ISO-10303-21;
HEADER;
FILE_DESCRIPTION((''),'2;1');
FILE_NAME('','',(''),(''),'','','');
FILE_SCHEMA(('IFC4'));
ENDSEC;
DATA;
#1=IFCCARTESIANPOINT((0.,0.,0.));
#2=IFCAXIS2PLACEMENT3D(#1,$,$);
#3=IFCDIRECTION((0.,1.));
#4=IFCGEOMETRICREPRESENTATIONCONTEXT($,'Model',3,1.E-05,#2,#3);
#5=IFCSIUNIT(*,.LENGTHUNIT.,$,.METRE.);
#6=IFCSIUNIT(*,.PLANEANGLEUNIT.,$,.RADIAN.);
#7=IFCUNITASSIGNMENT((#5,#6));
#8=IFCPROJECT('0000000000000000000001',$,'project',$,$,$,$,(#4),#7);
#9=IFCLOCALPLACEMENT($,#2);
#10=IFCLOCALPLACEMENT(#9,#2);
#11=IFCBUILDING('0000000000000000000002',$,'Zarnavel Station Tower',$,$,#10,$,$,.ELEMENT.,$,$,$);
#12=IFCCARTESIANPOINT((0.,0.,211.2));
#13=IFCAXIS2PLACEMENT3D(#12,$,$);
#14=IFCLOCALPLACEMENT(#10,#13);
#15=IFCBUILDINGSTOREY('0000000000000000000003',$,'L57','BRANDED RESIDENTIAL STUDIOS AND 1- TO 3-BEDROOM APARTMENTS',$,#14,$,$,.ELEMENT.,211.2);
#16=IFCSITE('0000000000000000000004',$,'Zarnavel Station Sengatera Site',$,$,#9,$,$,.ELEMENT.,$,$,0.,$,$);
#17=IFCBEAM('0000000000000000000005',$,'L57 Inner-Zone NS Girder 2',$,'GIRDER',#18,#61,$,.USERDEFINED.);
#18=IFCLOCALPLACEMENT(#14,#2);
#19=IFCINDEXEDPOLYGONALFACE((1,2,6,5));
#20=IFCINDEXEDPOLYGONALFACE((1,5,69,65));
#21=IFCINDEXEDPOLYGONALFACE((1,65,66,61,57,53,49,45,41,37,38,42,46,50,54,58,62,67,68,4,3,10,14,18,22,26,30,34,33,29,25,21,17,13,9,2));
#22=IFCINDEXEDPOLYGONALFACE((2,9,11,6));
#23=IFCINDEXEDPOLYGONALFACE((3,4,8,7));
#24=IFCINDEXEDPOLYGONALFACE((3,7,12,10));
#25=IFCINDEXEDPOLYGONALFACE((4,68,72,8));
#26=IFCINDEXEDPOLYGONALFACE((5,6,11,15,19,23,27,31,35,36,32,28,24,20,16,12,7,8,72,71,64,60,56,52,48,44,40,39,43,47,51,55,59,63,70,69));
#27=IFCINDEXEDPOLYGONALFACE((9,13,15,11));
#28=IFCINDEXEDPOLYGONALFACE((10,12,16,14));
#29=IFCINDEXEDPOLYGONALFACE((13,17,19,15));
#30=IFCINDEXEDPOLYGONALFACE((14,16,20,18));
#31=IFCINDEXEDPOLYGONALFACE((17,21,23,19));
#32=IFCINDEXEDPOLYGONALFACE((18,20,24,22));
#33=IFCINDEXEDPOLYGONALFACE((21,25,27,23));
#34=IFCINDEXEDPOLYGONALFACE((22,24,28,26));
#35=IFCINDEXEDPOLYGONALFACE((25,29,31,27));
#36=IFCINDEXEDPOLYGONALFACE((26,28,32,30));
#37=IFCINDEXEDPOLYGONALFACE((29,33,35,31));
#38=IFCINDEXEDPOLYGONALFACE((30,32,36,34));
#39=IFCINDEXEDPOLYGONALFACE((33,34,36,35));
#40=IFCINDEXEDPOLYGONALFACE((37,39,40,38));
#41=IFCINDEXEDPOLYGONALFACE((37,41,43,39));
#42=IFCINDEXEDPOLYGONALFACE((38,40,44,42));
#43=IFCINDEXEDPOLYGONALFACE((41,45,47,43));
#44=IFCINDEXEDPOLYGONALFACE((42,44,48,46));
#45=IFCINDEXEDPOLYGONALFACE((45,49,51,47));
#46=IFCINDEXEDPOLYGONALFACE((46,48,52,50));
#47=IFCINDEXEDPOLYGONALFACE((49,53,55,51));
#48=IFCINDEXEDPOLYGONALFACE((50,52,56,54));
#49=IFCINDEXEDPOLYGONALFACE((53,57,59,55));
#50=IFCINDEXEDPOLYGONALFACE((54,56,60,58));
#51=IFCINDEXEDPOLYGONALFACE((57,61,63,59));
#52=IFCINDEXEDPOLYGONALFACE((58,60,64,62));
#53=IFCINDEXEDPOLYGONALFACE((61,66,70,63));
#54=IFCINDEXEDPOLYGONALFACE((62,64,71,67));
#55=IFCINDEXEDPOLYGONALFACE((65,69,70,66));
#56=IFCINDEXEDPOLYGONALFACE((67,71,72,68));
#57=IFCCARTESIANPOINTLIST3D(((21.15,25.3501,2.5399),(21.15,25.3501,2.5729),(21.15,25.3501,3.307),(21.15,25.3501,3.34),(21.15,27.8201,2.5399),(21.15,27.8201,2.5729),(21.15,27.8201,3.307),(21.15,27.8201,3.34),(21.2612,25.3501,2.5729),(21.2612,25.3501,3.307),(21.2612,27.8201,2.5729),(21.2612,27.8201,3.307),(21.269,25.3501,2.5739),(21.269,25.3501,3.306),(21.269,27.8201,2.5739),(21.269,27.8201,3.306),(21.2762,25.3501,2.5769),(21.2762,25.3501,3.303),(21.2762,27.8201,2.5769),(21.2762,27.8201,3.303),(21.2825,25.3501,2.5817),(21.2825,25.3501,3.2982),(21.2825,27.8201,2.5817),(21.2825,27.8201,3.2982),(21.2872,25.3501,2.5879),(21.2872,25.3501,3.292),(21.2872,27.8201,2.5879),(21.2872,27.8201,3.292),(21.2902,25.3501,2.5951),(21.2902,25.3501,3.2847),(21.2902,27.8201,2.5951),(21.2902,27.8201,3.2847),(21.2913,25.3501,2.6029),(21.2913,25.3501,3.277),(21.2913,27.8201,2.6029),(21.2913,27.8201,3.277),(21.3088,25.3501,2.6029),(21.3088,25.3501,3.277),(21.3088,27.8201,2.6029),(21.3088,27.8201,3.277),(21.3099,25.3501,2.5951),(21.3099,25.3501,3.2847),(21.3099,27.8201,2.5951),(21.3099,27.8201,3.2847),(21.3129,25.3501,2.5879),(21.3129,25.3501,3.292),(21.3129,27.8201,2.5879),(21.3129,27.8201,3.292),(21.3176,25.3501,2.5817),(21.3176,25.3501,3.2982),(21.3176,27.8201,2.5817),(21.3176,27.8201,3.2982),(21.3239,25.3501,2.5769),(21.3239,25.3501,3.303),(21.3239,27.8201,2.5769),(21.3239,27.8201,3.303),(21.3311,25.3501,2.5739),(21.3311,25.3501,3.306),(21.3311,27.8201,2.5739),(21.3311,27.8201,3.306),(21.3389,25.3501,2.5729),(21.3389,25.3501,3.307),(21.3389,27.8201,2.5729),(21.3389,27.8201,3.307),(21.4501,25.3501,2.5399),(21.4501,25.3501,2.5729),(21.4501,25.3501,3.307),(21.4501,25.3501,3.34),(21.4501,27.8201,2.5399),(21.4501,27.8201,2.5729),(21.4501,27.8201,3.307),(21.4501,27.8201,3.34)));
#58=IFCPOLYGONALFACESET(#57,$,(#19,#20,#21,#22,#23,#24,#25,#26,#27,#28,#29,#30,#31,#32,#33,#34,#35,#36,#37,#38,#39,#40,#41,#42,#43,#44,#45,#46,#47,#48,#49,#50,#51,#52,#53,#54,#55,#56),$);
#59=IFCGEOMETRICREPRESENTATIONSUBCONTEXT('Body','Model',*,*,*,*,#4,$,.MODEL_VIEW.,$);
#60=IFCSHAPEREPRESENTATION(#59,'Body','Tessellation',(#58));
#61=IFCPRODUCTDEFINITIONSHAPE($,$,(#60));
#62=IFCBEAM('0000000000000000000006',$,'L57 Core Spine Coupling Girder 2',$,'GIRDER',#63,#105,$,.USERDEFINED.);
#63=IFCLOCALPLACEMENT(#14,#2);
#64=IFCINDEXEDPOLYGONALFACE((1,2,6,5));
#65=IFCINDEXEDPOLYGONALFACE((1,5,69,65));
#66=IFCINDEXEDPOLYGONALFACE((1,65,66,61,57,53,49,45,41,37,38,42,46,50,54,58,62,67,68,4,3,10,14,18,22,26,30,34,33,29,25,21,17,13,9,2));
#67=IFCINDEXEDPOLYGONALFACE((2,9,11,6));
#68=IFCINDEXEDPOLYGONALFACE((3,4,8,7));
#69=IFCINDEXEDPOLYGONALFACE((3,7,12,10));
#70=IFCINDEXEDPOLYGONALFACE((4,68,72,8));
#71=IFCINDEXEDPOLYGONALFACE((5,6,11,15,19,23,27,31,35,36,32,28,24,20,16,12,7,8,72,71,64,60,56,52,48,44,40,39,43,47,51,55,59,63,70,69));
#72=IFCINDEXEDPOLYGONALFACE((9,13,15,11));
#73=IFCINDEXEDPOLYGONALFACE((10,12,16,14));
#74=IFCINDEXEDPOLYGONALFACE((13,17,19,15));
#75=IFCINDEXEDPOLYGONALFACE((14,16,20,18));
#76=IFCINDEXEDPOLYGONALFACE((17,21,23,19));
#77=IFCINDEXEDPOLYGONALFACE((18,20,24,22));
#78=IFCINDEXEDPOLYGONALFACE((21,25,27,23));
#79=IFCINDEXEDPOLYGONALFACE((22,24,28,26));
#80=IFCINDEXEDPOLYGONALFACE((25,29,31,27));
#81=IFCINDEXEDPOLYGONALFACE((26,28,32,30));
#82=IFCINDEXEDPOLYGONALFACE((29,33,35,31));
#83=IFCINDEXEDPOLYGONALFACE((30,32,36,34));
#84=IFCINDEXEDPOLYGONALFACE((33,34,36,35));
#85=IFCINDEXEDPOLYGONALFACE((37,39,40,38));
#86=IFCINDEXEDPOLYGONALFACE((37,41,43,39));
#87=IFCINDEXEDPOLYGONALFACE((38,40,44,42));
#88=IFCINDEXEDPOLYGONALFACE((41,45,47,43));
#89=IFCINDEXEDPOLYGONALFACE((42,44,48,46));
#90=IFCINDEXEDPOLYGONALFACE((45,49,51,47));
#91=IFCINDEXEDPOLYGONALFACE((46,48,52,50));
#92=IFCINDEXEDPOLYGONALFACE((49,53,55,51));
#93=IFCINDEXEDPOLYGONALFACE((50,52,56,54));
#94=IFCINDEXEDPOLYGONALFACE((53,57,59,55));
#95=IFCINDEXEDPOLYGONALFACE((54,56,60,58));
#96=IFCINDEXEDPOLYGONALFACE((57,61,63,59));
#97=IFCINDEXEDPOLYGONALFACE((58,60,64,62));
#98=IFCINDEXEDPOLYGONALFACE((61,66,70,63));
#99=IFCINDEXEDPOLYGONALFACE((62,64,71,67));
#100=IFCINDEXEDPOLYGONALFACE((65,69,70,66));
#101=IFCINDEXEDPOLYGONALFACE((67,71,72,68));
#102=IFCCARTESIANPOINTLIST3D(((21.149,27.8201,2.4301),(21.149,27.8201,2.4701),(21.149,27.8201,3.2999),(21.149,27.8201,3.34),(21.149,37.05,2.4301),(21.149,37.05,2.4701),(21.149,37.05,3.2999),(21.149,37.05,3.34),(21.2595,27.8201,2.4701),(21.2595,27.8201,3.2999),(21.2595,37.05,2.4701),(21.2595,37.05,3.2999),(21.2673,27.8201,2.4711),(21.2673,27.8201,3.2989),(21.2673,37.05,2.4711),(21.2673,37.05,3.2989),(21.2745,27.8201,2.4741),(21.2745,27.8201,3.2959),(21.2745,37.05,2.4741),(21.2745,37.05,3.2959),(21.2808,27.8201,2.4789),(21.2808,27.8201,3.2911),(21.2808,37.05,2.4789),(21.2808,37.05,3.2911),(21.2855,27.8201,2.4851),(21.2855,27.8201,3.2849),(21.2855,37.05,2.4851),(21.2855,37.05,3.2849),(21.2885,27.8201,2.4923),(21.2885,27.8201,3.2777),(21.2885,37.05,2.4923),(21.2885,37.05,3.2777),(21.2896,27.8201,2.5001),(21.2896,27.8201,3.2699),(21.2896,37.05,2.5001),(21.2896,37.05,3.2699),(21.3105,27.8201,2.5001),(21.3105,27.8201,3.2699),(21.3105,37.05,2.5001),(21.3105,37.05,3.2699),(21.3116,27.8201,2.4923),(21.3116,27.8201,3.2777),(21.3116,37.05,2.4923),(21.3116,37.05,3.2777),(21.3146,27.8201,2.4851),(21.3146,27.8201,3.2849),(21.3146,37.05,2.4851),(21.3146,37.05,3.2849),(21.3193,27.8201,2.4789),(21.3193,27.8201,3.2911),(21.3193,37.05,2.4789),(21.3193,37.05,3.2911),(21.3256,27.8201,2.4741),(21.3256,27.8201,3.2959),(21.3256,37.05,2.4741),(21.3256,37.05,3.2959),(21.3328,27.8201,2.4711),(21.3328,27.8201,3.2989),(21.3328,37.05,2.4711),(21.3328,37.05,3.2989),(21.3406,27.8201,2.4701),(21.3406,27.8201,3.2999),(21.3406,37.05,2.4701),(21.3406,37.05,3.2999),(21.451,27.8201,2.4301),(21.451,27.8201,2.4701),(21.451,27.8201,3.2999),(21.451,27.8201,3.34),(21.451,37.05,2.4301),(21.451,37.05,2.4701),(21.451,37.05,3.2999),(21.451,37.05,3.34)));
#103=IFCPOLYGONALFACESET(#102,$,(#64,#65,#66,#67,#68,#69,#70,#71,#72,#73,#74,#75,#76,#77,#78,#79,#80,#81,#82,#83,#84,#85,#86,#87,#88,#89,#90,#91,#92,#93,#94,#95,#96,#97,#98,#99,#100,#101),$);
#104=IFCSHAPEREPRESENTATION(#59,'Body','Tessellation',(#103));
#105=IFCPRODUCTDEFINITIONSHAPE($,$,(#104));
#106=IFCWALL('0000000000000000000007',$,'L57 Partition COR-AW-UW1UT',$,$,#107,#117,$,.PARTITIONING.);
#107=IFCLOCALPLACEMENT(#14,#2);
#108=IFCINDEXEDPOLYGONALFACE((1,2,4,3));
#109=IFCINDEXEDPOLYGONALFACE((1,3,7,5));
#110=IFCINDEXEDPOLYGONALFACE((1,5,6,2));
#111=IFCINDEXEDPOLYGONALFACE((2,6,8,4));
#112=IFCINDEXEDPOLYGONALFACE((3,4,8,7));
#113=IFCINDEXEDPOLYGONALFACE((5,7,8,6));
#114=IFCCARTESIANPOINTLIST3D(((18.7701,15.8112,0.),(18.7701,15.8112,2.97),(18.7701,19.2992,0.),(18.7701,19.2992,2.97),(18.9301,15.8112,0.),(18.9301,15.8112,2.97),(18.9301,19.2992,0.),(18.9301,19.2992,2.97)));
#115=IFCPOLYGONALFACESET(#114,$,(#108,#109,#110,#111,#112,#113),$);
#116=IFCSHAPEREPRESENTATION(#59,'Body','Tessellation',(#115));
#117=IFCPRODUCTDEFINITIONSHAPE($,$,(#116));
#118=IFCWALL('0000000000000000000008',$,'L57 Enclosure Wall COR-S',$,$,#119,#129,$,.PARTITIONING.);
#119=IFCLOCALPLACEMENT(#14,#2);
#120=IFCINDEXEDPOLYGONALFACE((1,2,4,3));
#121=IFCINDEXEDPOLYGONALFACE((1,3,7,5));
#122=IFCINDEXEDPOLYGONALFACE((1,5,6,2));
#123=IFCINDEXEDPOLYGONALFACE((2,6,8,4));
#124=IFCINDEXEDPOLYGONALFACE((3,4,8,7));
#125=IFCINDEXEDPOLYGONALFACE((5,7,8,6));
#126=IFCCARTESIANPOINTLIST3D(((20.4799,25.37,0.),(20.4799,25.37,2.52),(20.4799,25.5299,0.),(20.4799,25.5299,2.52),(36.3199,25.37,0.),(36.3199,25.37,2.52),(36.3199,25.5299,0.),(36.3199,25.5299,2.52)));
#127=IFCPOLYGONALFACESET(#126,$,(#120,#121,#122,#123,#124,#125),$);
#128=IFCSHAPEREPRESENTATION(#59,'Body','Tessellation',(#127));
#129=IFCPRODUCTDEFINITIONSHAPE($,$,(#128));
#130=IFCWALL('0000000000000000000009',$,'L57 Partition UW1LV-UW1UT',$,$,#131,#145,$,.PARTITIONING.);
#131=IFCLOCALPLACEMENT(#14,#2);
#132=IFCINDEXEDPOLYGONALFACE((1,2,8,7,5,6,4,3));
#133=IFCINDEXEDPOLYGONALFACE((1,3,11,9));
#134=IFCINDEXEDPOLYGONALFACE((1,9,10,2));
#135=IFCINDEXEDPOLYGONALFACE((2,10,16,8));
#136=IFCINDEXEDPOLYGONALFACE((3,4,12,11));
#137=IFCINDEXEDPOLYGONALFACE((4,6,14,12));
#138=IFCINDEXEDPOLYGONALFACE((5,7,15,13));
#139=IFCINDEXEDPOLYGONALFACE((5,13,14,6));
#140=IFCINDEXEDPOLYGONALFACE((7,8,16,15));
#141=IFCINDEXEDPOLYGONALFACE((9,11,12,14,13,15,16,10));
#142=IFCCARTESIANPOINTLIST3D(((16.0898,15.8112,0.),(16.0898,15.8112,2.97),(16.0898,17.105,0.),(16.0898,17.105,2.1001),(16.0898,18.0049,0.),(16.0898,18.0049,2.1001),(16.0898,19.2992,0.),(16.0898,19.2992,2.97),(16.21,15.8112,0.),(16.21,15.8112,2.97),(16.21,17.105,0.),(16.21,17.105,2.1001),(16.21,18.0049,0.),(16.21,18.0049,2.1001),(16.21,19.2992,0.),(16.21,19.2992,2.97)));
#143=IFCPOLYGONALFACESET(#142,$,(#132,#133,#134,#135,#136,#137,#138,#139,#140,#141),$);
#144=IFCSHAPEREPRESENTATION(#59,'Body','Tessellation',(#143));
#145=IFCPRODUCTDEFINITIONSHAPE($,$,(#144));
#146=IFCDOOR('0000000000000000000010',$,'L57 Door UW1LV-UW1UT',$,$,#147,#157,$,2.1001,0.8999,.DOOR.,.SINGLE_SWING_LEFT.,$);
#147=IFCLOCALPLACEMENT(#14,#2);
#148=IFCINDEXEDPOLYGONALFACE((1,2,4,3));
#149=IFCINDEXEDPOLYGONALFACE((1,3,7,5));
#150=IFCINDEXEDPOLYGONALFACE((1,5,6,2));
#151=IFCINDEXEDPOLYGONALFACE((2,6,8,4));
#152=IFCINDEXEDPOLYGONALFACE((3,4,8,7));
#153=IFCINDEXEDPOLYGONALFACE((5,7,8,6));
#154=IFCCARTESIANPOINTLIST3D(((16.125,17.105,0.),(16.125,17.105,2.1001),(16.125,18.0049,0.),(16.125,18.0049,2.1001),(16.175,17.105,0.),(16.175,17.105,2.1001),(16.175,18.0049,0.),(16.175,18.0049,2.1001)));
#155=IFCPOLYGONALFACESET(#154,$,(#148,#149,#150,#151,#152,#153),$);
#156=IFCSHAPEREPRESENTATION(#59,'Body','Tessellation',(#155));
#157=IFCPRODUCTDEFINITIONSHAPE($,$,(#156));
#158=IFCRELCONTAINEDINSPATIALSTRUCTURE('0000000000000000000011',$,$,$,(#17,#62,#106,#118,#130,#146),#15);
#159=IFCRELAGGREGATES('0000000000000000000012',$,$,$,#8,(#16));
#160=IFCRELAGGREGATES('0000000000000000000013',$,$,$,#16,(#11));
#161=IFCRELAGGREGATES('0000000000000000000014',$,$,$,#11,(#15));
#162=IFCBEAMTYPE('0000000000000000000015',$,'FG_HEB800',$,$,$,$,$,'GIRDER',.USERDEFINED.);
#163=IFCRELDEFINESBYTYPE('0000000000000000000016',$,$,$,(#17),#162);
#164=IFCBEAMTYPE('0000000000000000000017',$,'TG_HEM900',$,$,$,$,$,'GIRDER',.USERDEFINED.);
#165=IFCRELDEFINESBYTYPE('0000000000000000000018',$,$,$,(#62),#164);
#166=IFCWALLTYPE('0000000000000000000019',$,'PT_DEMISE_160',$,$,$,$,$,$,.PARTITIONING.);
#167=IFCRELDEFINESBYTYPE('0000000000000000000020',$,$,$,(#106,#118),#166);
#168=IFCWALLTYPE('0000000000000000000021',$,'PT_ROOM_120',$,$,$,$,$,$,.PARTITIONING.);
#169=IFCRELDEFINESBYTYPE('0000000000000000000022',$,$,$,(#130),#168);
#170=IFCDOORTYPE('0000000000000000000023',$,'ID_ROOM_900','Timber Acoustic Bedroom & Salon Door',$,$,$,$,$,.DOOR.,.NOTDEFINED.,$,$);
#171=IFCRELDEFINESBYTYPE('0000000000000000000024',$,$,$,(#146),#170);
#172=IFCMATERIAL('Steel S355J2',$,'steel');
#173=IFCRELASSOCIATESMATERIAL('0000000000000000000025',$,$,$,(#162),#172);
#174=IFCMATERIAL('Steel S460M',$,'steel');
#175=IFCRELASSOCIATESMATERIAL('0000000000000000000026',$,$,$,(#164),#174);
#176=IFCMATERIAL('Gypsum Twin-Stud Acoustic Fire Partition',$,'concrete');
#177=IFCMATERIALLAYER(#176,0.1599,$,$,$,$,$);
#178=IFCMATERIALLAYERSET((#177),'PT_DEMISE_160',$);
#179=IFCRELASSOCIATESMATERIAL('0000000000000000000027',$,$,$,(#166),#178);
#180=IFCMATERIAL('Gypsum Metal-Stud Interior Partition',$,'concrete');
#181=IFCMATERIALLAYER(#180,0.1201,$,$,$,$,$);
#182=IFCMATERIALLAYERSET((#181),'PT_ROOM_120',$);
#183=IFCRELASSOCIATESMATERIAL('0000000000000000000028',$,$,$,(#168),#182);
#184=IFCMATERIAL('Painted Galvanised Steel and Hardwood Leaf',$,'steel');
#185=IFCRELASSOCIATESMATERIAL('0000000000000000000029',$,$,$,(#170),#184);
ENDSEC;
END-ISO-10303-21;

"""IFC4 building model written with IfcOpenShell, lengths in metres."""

from ifc_helpers import new_model, si_unit, direction, frame, frame_2d, origin, origin_2d, place, context, subcontext, project, spatial, rectangle, i_section, extrude, material, layer, layer_set, material_profile, profile_set, type_object, element, fill, save


model = new_model("IFC4")

# Units and contexts
model_context = context("Model", 3, precision=1e-05, world=origin(), true_north=direction((0.0, 1.0)))
body_context = subcontext(model_context, "Body", "Model", "MODEL_VIEW")
ifc_project = project(units=[si_unit("LENGTHUNIT", "METRE"), si_unit("PLANEANGLEUNIT", "RADIAN")], contexts=[model_context])

# Site, building, storey
site_placement = place(None, origin())
site = spatial("IfcSite", under=ifc_project, at=site_placement, Name="Zarnavel Station Sengatera Site", CompositionType="ELEMENT", RefElevation=0.0)
building_placement = place(site_placement, origin())
building = spatial("IfcBuilding", under=site, at=building_placement, Name="Zarnavel Station Tower", CompositionType="ELEMENT")
storey_placement = place(building_placement, frame((0.0, 0.0, 211.2)))
storey = spatial("IfcBuildingStorey", under=building, at=storey_placement, Name="L57", Description="BRANDED RESIDENTIAL STUDIOS AND 1- TO 3-BEDROOM APARTMENTS", CompositionType="ELEMENT", Elevation=211.2)

# Beams
ifc_material_1 = material(Name="Steel S355J2", Category="steel")
ifc_material_profile_1 = material_profile(ifc_material_1, i_section(OverallWidth=0.3, OverallDepth=0.8, WebThickness=0.0176, FlangeThickness=0.033, FilletRadius=0.03, at=origin_2d()), Name="HEB800")
ifc_profile_set_1 = profile_set([ifc_material_profile_1], Name="Steel S355J2")
beam_type_1 = type_object("IfcBeamType", Name="FG_HEB800", ElementType="GIRDER", PredefinedType="USERDEFINED", material=ifc_profile_set_1)
beam_1_placement = place(storey_placement, frame((21.3, 25.3501, 2.9399), z_axis=(0.0, 1.0, 0.0), x_axis=(-1.0, 0.0, 0.0)))
element("IfcBeam", 1, at=beam_1_placement, inside=storey, type_object=beam_type_1, Name="L57 Inner-Zone NS Girder 2", ObjectType="GIRDER", PredefinedType="USERDEFINED", context=body_context, shape_type="SweptSolid", body=[
    extrude(i_section(OverallWidth=0.3, OverallDepth=0.8, WebThickness=0.0176, FlangeThickness=0.033, FilletRadius=0.03, at=origin_2d()), origin(), (0.0, 0.0, 1.0), 2.47),
])
ifc_material_2 = material(Name="Steel S460M", Category="steel")
ifc_material_profile_2 = material_profile(ifc_material_2, i_section(OverallWidth=0.302, OverallDepth=0.9099, WebThickness=0.021, FlangeThickness=0.04, FilletRadius=0.03, at=origin_2d()), Name="HEM900")
ifc_profile_set_2 = profile_set([ifc_material_profile_2], Name="Steel S460M")
beam_type_2 = type_object("IfcBeamType", Name="TG_HEM900", ElementType="GIRDER", PredefinedType="USERDEFINED", material=ifc_profile_set_2)
beam_2_placement = place(storey_placement, frame((21.3, 27.8201, 2.885), z_axis=(0.0, 1.0, 0.0), x_axis=(-1.0, 0.0, 0.0)))
element("IfcBeam", 2, at=beam_2_placement, inside=storey, type_object=beam_type_2, Name="L57 Core Spine Coupling Girder 2", ObjectType="GIRDER", PredefinedType="USERDEFINED", context=body_context, shape_type="SweptSolid", body=[
    extrude(i_section(OverallWidth=0.302, OverallDepth=0.9099, WebThickness=0.021, FlangeThickness=0.04, FilletRadius=0.03, at=origin_2d()), origin(), (0.0, 0.0, 1.0), 9.23),
])

# Shared definitions
ifc_material_3 = material(Name="Gypsum Twin-Stud Acoustic Fire Partition", Category="concrete")
ifc_layer_1 = layer(ifc_material_3, 0.1599)
ifc_layer_set_1 = layer_set([ifc_layer_1], Name="PT_DEMISE_160")
wall_type_1 = type_object("IfcWallType", Name="PT_DEMISE_160", PredefinedType="PARTITIONING", material=ifc_layer_set_1)

# Walls
wall_1_placement = place(storey_placement, frame((18.8501, 15.811, 0.0), z_axis=(0.0, 0.0, 1.0), x_axis=(0.0, 1.0, 0.0)))
element("IfcWall", 3, at=wall_1_placement, inside=storey, type_object=wall_type_1, Name="L57 Partition COR-AW-UW1UT", PredefinedType="PARTITIONING", context=body_context, shape_type="SweptSolid", body=[
    extrude(rectangle(XDim=3.488, YDim=0.1599, at=frame_2d((1.7441, 0.0))), origin(), (0.0, 0.0, 1.0), 2.97),
])
wall_2_placement = place(storey_placement, frame((20.48, 25.45, 0.0), z_axis=(0.0, 0.0, 1.0), x_axis=(1.0, 0.0, 0.0)))
element("IfcWall", 4, at=wall_2_placement, inside=storey, type_object=wall_type_1, Name="L57 Enclosure Wall COR-S", PredefinedType="PARTITIONING", context=body_context, shape_type="SweptSolid", body=[
    extrude(rectangle(XDim=15.8401, YDim=0.1599, at=frame_2d((7.9199, 0.0))), origin(), (0.0, 0.0, 1.0), 2.52),
])

# Wall, opening, door
ifc_material_4 = material(Name="Gypsum Metal-Stud Interior Partition", Category="concrete")
ifc_layer_2 = layer(ifc_material_4, 0.1201)
ifc_layer_set_2 = layer_set([ifc_layer_2], Name="PT_ROOM_120")
wall_type_2 = type_object("IfcWallType", Name="PT_ROOM_120", PredefinedType="PARTITIONING", material=ifc_layer_set_2)
wall_3_placement = place(storey_placement, frame((16.1499, 15.811, 0.0), z_axis=(0.0, 0.0, 1.0), x_axis=(0.0, 1.0, 0.0)))
wall_3 = element("IfcWall", 5, at=wall_3_placement, inside=storey, type_object=wall_type_2, Name="L57 Partition UW1LV-UW1UT", PredefinedType="PARTITIONING", context=body_context, shape_type="SweptSolid", body=[
    extrude(rectangle(XDim=3.488, YDim=0.1201, at=frame_2d((1.7441, 0.0))), origin(), (0.0, 0.0, 1.0), 2.97),
])
opening_1_placement = place(wall_3_placement, frame((1.2939, 0.0, 0.0)))
opening_1 = element("IfcOpeningElement", 6, at=opening_1_placement, cuts=wall_3, PredefinedType="OPENING", context=body_context, shape_type="SweptSolid", body=[
    extrude(rectangle(XDim=0.8999, YDim=2.1001, at=frame_2d((0.45, 1.05))), frame((0.0, 0.0701, 0.0), z_axis=(0.0, -1.0, 0.0), x_axis=(1.0, 0.0, 0.0)), (0.0, 0.0, 1.0), 0.1401),
])
ifc_material_5 = material(Name="Painted Galvanised Steel and Hardwood Leaf", Category="steel")
door_type_1 = type_object("IfcDoorType", Name="ID_ROOM_900", Description="Timber Acoustic Bedroom & Salon Door", OperationType="NOTDEFINED", PredefinedType="DOOR", material=ifc_material_5)
door_1_placement = place(opening_1_placement, origin())
door_1 = element("IfcDoor", 7, at=door_1_placement, inside=storey, type_object=door_type_1, Name="L57 Door UW1LV-UW1UT", OperationType="SINGLE_SWING_LEFT", OverallHeight=2.1001, OverallWidth=0.8999, PredefinedType="DOOR", context=body_context, shape_type="SweptSolid", body=[
    extrude(rectangle(XDim=0.8999, YDim=2.1001, at=frame_2d((0.45, 1.05))), frame((0.0, 0.0249, 0.0), z_axis=(0.0, -1.0, 0.0), x_axis=(1.0, 0.0, 0.0)), (0.0, 0.0, 1.0), 0.05),
])
fill(opening_1, door_1)

save(model, "model.ifc")
